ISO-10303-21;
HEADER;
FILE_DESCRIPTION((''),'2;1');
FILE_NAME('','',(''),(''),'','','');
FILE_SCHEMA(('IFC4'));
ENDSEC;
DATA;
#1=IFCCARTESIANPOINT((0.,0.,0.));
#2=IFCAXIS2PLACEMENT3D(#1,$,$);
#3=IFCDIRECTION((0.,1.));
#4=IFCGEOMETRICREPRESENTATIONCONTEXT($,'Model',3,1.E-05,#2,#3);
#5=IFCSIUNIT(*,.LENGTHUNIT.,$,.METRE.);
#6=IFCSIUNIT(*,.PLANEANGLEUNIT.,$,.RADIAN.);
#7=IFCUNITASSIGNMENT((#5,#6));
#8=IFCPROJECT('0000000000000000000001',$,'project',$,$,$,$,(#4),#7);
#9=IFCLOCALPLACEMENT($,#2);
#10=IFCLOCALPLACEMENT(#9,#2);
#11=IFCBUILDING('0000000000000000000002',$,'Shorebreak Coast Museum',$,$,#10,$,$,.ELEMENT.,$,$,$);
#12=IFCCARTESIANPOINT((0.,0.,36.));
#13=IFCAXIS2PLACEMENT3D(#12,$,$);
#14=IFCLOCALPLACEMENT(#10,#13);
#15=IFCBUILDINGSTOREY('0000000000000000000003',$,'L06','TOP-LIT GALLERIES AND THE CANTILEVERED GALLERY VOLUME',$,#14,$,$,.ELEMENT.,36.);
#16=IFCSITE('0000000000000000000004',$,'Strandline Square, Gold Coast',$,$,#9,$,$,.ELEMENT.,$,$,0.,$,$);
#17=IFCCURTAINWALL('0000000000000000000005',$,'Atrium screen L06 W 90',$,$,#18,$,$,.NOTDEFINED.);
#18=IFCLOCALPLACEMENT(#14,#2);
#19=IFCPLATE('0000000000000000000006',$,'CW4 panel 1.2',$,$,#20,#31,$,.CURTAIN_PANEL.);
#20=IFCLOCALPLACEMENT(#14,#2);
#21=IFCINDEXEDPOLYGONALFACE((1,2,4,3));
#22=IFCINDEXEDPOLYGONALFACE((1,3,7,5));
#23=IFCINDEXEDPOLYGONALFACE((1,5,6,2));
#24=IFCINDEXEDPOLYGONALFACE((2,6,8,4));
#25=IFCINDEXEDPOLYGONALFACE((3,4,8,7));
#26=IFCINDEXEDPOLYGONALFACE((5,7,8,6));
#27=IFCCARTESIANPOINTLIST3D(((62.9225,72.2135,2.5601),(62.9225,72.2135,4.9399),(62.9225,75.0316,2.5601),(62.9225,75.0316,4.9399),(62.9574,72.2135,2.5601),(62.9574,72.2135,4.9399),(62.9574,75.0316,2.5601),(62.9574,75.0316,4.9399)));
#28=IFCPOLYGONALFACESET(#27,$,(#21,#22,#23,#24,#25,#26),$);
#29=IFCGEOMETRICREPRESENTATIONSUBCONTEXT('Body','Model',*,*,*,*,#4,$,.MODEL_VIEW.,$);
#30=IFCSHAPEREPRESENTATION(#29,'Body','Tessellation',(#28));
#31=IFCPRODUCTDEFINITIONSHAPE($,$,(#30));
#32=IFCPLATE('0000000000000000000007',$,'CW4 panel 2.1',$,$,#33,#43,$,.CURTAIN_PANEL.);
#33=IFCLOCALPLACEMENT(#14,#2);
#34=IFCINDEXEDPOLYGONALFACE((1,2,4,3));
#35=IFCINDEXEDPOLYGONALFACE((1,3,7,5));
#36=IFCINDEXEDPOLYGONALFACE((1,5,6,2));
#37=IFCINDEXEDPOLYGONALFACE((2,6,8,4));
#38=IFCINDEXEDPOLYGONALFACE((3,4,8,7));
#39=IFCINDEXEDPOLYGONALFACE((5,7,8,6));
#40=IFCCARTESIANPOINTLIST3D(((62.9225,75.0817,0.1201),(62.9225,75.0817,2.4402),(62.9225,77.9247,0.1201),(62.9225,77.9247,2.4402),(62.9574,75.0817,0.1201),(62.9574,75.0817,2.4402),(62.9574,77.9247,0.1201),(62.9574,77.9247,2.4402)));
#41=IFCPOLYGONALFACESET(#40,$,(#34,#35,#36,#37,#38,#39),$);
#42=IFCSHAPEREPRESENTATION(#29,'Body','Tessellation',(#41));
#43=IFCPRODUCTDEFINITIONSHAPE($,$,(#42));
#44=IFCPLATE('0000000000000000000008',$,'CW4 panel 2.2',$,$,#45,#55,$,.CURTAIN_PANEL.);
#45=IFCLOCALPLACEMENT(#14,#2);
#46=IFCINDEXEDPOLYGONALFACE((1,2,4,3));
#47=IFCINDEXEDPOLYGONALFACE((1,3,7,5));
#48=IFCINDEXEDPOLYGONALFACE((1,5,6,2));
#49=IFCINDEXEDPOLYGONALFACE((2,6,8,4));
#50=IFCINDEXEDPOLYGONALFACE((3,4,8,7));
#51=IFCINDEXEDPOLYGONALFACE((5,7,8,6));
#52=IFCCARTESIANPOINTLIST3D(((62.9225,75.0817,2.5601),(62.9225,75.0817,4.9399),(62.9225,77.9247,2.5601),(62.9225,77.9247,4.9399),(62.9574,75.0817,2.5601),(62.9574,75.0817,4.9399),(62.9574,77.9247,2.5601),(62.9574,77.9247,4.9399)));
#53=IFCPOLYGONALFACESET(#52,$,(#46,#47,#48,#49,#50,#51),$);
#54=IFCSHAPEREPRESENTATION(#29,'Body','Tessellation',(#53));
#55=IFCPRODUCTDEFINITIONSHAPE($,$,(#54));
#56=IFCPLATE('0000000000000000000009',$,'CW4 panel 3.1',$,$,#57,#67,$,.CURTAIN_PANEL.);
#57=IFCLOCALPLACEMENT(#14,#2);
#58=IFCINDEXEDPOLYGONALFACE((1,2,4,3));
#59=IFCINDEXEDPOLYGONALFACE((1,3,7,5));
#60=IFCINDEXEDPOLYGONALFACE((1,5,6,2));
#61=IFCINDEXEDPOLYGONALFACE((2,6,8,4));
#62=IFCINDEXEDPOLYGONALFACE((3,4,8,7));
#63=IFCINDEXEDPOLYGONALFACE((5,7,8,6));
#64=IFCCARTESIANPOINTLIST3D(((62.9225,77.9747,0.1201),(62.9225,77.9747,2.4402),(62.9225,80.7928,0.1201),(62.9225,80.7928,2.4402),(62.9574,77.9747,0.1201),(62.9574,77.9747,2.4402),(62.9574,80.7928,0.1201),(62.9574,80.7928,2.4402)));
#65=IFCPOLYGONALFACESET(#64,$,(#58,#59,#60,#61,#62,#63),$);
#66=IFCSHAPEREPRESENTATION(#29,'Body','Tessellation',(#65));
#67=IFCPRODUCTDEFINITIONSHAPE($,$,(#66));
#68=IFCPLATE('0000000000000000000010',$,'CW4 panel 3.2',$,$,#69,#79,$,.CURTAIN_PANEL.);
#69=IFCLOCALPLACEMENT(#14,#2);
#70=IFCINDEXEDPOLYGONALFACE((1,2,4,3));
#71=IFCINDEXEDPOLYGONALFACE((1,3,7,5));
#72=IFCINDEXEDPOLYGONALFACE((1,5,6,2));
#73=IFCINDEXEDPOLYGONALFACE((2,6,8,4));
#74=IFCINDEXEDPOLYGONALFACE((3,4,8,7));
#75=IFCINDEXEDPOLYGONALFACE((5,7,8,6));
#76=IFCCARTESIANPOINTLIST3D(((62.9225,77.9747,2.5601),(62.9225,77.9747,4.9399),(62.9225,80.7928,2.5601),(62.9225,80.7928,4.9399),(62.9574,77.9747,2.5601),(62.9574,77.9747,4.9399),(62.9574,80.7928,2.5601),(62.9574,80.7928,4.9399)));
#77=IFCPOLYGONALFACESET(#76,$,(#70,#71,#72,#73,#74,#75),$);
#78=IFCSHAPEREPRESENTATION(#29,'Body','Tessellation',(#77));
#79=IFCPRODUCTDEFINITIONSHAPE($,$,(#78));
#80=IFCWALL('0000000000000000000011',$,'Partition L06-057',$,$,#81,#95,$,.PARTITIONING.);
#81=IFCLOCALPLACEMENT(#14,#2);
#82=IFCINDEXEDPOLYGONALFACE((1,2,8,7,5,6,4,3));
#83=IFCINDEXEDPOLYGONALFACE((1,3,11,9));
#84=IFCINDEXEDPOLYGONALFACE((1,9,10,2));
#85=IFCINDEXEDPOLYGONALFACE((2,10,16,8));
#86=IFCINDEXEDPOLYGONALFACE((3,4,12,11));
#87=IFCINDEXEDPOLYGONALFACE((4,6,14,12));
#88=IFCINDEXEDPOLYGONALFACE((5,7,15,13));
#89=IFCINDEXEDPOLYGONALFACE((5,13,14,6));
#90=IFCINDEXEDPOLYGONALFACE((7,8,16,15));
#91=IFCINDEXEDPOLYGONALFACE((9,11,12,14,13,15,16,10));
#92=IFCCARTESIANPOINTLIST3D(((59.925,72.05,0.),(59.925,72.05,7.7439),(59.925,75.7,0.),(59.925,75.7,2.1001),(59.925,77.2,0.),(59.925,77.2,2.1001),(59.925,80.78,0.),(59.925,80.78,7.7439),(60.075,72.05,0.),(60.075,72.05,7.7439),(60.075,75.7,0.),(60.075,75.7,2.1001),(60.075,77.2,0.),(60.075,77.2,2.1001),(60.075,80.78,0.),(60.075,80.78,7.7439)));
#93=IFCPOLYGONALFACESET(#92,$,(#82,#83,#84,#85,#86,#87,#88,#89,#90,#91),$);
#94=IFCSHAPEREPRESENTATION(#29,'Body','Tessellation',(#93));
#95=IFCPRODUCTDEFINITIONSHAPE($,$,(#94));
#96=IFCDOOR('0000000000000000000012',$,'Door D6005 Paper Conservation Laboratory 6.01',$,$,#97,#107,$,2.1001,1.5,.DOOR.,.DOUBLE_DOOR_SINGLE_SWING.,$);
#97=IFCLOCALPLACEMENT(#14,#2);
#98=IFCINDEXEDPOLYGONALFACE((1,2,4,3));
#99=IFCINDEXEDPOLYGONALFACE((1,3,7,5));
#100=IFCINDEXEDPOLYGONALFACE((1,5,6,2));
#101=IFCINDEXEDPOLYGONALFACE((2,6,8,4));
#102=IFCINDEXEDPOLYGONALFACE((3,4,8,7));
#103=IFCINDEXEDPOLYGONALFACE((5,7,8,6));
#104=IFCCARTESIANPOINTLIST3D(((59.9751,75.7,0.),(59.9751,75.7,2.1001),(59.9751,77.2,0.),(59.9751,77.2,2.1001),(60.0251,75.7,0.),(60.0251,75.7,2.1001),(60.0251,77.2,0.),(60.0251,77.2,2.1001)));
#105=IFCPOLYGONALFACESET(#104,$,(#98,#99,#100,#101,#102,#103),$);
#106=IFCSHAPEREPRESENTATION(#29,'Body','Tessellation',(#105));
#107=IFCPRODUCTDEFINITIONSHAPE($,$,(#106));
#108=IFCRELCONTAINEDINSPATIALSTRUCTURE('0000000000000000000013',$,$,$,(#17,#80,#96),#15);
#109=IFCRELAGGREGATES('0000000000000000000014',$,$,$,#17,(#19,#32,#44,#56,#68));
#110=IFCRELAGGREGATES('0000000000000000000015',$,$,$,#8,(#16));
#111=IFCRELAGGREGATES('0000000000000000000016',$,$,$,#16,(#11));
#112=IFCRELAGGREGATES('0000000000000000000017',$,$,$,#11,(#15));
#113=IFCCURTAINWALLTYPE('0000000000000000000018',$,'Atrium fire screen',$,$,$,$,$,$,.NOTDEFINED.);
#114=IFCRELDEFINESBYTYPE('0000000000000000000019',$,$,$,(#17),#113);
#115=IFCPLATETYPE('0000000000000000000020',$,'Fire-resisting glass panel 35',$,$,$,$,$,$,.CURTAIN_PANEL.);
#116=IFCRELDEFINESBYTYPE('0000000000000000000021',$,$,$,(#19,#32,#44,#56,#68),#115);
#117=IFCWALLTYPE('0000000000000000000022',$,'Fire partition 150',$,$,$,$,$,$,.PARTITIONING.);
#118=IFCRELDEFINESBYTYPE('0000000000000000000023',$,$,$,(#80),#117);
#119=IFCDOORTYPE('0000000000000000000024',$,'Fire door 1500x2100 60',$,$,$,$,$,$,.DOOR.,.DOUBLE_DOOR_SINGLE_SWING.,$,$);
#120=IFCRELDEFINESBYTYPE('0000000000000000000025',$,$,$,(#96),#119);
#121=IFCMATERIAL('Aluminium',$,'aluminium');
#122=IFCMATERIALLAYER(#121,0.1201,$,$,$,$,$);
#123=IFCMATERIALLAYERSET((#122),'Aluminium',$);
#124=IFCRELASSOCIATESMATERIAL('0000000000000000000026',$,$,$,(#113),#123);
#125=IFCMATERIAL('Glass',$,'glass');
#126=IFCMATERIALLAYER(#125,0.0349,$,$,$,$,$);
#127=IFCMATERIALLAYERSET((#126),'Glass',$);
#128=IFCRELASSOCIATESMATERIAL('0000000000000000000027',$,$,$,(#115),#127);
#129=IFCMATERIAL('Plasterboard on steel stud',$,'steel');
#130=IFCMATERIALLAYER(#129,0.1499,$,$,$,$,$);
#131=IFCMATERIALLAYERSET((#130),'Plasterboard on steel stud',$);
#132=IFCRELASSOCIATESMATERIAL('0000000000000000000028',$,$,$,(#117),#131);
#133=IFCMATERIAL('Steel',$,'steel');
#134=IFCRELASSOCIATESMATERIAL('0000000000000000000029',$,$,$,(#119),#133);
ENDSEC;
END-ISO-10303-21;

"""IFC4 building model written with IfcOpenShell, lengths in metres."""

from ifc_helpers import new_model, si_unit, direction, frame, frame_2d, origin, origin_2d, place, context, subcontext, project, spatial, rectangle, extrude, material, layer, layer_set, type_object, element, fill, aggregate, save


model = new_model("IFC4")

# Units and contexts
model_context = context("Model", 3, precision=1e-05, world=origin(), true_north=direction((0.0, 1.0)))
body_context = subcontext(model_context, "Body", "Model", "MODEL_VIEW")
ifc_project = project(units=[si_unit("LENGTHUNIT", "METRE"), si_unit("PLANEANGLEUNIT", "RADIAN")], contexts=[model_context])

# Site, building, storey
site_placement = place(None, origin())
site = spatial("IfcSite", under=ifc_project, at=site_placement, Name="Strandline Square, Gold Coast", CompositionType="ELEMENT", RefElevation=0.0)
building_placement = place(site_placement, origin())
building = spatial("IfcBuilding", under=site, at=building_placement, Name="Shorebreak Coast Museum", CompositionType="ELEMENT")
storey_placement = place(building_placement, frame((0.0, 0.0, 36.0)))
storey = spatial("IfcBuildingStorey", under=building, at=storey_placement, Name="L06", Description="TOP-LIT GALLERIES AND THE CANTILEVERED GALLERY VOLUME", CompositionType="ELEMENT", Elevation=36.0)

# Curtain wall, plates
ifc_material_1 = material(Name="Aluminium", Category="aluminium")
ifc_layer_1 = layer(ifc_material_1, 0.1201)
ifc_layer_set_1 = layer_set([ifc_layer_1], Name="Aluminium")
curtain_wall_type = type_object("IfcCurtainWallType", Name="Atrium fire screen", PredefinedType="NOTDEFINED", material=ifc_layer_set_1)
curtain_wall_placement = place(storey_placement, origin())
curtain_wall = element("IfcCurtainWall", 1, at=curtain_wall_placement, inside=storey, type_object=curtain_wall_type, Name="Atrium screen L06 W 90", PredefinedType="NOTDEFINED")
ifc_material_2 = material(Name="Glass", Category="glass")
ifc_layer_2 = layer(ifc_material_2, 0.0349)
ifc_layer_set_2 = layer_set([ifc_layer_2], Name="Glass")
plate_type = type_object("IfcPlateType", Name="Fire-resisting glass panel 35", PredefinedType="CURTAIN_PANEL", material=ifc_layer_set_2)
plate_1_placement = place(storey_placement, frame((62.9399, 73.6226, 2.5601), z_axis=(0.0, 0.0, 1.0), x_axis=(0.0, 1.0, 0.0)))
plate_1 = element("IfcPlate", 2, at=plate_1_placement, type_object=plate_type, Name="CW4 panel 1.2", PredefinedType="CURTAIN_PANEL", context=body_context, shape_type="SweptSolid", body=[
    extrude(rectangle(XDim=2.8181, YDim=0.0349, at=origin_2d()), origin(), (0.0, 0.0, 1.0), 2.3799),
])
plate_2_placement = place(storey_placement, frame((62.9399, 76.5032, 0.1201), z_axis=(0.0, 0.0, 1.0), x_axis=(0.0, 1.0, 0.0)))
plate_2 = element("IfcPlate", 3, at=plate_2_placement, type_object=plate_type, Name="CW4 panel 2.1", PredefinedType="CURTAIN_PANEL", context=body_context, shape_type="SweptSolid", body=[
    extrude(rectangle(XDim=2.843, YDim=0.0349, at=origin_2d()), origin(), (0.0, 0.0, 1.0), 2.3201),
])
plate_3_placement = place(storey_placement, frame((62.9399, 76.5032, 2.5601), z_axis=(0.0, 0.0, 1.0), x_axis=(0.0, 1.0, 0.0)))
plate_3 = element("IfcPlate", 4, at=plate_3_placement, type_object=plate_type, Name="CW4 panel 2.2", PredefinedType="CURTAIN_PANEL", context=body_context, shape_type="SweptSolid", body=[
    extrude(rectangle(XDim=2.843, YDim=0.0349, at=origin_2d()), origin(), (0.0, 0.0, 1.0), 2.3799),
])
plate_4_placement = place(storey_placement, frame((62.9399, 79.3838, 0.1201), z_axis=(0.0, 0.0, 1.0), x_axis=(0.0, 1.0, 0.0)))
plate_4 = element("IfcPlate", 5, at=plate_4_placement, type_object=plate_type, Name="CW4 panel 3.1", PredefinedType="CURTAIN_PANEL", context=body_context, shape_type="SweptSolid", body=[
    extrude(rectangle(XDim=2.8181, YDim=0.0349, at=origin_2d()), origin(), (0.0, 0.0, 1.0), 2.3201),
])
plate_5_placement = place(storey_placement, frame((62.9399, 79.3838, 2.5601), z_axis=(0.0, 0.0, 1.0), x_axis=(0.0, 1.0, 0.0)))
plate_5 = element("IfcPlate", 6, at=plate_5_placement, type_object=plate_type, Name="CW4 panel 3.2", PredefinedType="CURTAIN_PANEL", context=body_context, shape_type="SweptSolid", body=[
    extrude(rectangle(XDim=2.8181, YDim=0.0349, at=origin_2d()), origin(), (0.0, 0.0, 1.0), 2.3799),
])
aggregate(curtain_wall, [plate_1, plate_2, plate_3, plate_4, plate_5])

# Wall, opening, door
ifc_material_3 = material(Name="Plasterboard on steel stud", Category="steel")
ifc_layer_3 = layer(ifc_material_3, 0.1499)
ifc_layer_set_3 = layer_set([ifc_layer_3], Name="Plasterboard on steel stud")
wall_type = type_object("IfcWallType", Name="Fire partition 150", PredefinedType="PARTITIONING", material=ifc_layer_set_3)
wall_placement = place(storey_placement, frame((60.0, 72.05, 0.0), z_axis=(0.0, 0.0, 1.0), x_axis=(0.0, 1.0, 0.0)))
wall = element("IfcWall", 7, at=wall_placement, inside=storey, type_object=wall_type, Name="Partition L06-057", PredefinedType="PARTITIONING", context=body_context, shape_type="SweptSolid", body=[
    extrude(rectangle(XDim=8.73, YDim=0.1499, at=frame_2d((4.365, 0.0))), origin(), (0.0, 0.0, 1.0), 7.7439),
])
opening_placement = place(wall_placement, frame((3.6499, 0.0, 0.0)))
opening = element("IfcOpeningElement", 8, at=opening_placement, cuts=wall, PredefinedType="OPENING", context=body_context, shape_type="SweptSolid", body=[
    extrude(rectangle(XDim=1.5, YDim=2.1001, at=frame_2d((0.75, 1.05))), frame((0.0, 0.085, 0.0), z_axis=(0.0, -1.0, 0.0), x_axis=(1.0, 0.0, 0.0)), (0.0, 0.0, 1.0), 0.1699),
])
ifc_material_4 = material(Name="Steel", Category="steel")
door_type = type_object("IfcDoorType", Name="Fire door 1500x2100 60", OperationType="DOUBLE_DOOR_SINGLE_SWING", PredefinedType="DOOR", material=ifc_material_4)
door_placement = place(opening_placement, origin())
door = element("IfcDoor", 9, at=door_placement, inside=storey, type_object=door_type, Name="Door D6005 Paper Conservation Laboratory 6.01", OperationType="DOUBLE_DOOR_SINGLE_SWING", OverallHeight=2.1001, OverallWidth=1.5, PredefinedType="DOOR", context=body_context, shape_type="SweptSolid", body=[
    extrude(rectangle(XDim=1.5, YDim=2.1001, at=frame_2d((0.75, 1.05))), frame((0.0, 0.0249, 0.0), z_axis=(0.0, -1.0, 0.0), x_axis=(1.0, 0.0, 0.0)), (0.0, 0.0, 1.0), 0.05),
])
fill(opening, door)

save(model, "model.ifc")
